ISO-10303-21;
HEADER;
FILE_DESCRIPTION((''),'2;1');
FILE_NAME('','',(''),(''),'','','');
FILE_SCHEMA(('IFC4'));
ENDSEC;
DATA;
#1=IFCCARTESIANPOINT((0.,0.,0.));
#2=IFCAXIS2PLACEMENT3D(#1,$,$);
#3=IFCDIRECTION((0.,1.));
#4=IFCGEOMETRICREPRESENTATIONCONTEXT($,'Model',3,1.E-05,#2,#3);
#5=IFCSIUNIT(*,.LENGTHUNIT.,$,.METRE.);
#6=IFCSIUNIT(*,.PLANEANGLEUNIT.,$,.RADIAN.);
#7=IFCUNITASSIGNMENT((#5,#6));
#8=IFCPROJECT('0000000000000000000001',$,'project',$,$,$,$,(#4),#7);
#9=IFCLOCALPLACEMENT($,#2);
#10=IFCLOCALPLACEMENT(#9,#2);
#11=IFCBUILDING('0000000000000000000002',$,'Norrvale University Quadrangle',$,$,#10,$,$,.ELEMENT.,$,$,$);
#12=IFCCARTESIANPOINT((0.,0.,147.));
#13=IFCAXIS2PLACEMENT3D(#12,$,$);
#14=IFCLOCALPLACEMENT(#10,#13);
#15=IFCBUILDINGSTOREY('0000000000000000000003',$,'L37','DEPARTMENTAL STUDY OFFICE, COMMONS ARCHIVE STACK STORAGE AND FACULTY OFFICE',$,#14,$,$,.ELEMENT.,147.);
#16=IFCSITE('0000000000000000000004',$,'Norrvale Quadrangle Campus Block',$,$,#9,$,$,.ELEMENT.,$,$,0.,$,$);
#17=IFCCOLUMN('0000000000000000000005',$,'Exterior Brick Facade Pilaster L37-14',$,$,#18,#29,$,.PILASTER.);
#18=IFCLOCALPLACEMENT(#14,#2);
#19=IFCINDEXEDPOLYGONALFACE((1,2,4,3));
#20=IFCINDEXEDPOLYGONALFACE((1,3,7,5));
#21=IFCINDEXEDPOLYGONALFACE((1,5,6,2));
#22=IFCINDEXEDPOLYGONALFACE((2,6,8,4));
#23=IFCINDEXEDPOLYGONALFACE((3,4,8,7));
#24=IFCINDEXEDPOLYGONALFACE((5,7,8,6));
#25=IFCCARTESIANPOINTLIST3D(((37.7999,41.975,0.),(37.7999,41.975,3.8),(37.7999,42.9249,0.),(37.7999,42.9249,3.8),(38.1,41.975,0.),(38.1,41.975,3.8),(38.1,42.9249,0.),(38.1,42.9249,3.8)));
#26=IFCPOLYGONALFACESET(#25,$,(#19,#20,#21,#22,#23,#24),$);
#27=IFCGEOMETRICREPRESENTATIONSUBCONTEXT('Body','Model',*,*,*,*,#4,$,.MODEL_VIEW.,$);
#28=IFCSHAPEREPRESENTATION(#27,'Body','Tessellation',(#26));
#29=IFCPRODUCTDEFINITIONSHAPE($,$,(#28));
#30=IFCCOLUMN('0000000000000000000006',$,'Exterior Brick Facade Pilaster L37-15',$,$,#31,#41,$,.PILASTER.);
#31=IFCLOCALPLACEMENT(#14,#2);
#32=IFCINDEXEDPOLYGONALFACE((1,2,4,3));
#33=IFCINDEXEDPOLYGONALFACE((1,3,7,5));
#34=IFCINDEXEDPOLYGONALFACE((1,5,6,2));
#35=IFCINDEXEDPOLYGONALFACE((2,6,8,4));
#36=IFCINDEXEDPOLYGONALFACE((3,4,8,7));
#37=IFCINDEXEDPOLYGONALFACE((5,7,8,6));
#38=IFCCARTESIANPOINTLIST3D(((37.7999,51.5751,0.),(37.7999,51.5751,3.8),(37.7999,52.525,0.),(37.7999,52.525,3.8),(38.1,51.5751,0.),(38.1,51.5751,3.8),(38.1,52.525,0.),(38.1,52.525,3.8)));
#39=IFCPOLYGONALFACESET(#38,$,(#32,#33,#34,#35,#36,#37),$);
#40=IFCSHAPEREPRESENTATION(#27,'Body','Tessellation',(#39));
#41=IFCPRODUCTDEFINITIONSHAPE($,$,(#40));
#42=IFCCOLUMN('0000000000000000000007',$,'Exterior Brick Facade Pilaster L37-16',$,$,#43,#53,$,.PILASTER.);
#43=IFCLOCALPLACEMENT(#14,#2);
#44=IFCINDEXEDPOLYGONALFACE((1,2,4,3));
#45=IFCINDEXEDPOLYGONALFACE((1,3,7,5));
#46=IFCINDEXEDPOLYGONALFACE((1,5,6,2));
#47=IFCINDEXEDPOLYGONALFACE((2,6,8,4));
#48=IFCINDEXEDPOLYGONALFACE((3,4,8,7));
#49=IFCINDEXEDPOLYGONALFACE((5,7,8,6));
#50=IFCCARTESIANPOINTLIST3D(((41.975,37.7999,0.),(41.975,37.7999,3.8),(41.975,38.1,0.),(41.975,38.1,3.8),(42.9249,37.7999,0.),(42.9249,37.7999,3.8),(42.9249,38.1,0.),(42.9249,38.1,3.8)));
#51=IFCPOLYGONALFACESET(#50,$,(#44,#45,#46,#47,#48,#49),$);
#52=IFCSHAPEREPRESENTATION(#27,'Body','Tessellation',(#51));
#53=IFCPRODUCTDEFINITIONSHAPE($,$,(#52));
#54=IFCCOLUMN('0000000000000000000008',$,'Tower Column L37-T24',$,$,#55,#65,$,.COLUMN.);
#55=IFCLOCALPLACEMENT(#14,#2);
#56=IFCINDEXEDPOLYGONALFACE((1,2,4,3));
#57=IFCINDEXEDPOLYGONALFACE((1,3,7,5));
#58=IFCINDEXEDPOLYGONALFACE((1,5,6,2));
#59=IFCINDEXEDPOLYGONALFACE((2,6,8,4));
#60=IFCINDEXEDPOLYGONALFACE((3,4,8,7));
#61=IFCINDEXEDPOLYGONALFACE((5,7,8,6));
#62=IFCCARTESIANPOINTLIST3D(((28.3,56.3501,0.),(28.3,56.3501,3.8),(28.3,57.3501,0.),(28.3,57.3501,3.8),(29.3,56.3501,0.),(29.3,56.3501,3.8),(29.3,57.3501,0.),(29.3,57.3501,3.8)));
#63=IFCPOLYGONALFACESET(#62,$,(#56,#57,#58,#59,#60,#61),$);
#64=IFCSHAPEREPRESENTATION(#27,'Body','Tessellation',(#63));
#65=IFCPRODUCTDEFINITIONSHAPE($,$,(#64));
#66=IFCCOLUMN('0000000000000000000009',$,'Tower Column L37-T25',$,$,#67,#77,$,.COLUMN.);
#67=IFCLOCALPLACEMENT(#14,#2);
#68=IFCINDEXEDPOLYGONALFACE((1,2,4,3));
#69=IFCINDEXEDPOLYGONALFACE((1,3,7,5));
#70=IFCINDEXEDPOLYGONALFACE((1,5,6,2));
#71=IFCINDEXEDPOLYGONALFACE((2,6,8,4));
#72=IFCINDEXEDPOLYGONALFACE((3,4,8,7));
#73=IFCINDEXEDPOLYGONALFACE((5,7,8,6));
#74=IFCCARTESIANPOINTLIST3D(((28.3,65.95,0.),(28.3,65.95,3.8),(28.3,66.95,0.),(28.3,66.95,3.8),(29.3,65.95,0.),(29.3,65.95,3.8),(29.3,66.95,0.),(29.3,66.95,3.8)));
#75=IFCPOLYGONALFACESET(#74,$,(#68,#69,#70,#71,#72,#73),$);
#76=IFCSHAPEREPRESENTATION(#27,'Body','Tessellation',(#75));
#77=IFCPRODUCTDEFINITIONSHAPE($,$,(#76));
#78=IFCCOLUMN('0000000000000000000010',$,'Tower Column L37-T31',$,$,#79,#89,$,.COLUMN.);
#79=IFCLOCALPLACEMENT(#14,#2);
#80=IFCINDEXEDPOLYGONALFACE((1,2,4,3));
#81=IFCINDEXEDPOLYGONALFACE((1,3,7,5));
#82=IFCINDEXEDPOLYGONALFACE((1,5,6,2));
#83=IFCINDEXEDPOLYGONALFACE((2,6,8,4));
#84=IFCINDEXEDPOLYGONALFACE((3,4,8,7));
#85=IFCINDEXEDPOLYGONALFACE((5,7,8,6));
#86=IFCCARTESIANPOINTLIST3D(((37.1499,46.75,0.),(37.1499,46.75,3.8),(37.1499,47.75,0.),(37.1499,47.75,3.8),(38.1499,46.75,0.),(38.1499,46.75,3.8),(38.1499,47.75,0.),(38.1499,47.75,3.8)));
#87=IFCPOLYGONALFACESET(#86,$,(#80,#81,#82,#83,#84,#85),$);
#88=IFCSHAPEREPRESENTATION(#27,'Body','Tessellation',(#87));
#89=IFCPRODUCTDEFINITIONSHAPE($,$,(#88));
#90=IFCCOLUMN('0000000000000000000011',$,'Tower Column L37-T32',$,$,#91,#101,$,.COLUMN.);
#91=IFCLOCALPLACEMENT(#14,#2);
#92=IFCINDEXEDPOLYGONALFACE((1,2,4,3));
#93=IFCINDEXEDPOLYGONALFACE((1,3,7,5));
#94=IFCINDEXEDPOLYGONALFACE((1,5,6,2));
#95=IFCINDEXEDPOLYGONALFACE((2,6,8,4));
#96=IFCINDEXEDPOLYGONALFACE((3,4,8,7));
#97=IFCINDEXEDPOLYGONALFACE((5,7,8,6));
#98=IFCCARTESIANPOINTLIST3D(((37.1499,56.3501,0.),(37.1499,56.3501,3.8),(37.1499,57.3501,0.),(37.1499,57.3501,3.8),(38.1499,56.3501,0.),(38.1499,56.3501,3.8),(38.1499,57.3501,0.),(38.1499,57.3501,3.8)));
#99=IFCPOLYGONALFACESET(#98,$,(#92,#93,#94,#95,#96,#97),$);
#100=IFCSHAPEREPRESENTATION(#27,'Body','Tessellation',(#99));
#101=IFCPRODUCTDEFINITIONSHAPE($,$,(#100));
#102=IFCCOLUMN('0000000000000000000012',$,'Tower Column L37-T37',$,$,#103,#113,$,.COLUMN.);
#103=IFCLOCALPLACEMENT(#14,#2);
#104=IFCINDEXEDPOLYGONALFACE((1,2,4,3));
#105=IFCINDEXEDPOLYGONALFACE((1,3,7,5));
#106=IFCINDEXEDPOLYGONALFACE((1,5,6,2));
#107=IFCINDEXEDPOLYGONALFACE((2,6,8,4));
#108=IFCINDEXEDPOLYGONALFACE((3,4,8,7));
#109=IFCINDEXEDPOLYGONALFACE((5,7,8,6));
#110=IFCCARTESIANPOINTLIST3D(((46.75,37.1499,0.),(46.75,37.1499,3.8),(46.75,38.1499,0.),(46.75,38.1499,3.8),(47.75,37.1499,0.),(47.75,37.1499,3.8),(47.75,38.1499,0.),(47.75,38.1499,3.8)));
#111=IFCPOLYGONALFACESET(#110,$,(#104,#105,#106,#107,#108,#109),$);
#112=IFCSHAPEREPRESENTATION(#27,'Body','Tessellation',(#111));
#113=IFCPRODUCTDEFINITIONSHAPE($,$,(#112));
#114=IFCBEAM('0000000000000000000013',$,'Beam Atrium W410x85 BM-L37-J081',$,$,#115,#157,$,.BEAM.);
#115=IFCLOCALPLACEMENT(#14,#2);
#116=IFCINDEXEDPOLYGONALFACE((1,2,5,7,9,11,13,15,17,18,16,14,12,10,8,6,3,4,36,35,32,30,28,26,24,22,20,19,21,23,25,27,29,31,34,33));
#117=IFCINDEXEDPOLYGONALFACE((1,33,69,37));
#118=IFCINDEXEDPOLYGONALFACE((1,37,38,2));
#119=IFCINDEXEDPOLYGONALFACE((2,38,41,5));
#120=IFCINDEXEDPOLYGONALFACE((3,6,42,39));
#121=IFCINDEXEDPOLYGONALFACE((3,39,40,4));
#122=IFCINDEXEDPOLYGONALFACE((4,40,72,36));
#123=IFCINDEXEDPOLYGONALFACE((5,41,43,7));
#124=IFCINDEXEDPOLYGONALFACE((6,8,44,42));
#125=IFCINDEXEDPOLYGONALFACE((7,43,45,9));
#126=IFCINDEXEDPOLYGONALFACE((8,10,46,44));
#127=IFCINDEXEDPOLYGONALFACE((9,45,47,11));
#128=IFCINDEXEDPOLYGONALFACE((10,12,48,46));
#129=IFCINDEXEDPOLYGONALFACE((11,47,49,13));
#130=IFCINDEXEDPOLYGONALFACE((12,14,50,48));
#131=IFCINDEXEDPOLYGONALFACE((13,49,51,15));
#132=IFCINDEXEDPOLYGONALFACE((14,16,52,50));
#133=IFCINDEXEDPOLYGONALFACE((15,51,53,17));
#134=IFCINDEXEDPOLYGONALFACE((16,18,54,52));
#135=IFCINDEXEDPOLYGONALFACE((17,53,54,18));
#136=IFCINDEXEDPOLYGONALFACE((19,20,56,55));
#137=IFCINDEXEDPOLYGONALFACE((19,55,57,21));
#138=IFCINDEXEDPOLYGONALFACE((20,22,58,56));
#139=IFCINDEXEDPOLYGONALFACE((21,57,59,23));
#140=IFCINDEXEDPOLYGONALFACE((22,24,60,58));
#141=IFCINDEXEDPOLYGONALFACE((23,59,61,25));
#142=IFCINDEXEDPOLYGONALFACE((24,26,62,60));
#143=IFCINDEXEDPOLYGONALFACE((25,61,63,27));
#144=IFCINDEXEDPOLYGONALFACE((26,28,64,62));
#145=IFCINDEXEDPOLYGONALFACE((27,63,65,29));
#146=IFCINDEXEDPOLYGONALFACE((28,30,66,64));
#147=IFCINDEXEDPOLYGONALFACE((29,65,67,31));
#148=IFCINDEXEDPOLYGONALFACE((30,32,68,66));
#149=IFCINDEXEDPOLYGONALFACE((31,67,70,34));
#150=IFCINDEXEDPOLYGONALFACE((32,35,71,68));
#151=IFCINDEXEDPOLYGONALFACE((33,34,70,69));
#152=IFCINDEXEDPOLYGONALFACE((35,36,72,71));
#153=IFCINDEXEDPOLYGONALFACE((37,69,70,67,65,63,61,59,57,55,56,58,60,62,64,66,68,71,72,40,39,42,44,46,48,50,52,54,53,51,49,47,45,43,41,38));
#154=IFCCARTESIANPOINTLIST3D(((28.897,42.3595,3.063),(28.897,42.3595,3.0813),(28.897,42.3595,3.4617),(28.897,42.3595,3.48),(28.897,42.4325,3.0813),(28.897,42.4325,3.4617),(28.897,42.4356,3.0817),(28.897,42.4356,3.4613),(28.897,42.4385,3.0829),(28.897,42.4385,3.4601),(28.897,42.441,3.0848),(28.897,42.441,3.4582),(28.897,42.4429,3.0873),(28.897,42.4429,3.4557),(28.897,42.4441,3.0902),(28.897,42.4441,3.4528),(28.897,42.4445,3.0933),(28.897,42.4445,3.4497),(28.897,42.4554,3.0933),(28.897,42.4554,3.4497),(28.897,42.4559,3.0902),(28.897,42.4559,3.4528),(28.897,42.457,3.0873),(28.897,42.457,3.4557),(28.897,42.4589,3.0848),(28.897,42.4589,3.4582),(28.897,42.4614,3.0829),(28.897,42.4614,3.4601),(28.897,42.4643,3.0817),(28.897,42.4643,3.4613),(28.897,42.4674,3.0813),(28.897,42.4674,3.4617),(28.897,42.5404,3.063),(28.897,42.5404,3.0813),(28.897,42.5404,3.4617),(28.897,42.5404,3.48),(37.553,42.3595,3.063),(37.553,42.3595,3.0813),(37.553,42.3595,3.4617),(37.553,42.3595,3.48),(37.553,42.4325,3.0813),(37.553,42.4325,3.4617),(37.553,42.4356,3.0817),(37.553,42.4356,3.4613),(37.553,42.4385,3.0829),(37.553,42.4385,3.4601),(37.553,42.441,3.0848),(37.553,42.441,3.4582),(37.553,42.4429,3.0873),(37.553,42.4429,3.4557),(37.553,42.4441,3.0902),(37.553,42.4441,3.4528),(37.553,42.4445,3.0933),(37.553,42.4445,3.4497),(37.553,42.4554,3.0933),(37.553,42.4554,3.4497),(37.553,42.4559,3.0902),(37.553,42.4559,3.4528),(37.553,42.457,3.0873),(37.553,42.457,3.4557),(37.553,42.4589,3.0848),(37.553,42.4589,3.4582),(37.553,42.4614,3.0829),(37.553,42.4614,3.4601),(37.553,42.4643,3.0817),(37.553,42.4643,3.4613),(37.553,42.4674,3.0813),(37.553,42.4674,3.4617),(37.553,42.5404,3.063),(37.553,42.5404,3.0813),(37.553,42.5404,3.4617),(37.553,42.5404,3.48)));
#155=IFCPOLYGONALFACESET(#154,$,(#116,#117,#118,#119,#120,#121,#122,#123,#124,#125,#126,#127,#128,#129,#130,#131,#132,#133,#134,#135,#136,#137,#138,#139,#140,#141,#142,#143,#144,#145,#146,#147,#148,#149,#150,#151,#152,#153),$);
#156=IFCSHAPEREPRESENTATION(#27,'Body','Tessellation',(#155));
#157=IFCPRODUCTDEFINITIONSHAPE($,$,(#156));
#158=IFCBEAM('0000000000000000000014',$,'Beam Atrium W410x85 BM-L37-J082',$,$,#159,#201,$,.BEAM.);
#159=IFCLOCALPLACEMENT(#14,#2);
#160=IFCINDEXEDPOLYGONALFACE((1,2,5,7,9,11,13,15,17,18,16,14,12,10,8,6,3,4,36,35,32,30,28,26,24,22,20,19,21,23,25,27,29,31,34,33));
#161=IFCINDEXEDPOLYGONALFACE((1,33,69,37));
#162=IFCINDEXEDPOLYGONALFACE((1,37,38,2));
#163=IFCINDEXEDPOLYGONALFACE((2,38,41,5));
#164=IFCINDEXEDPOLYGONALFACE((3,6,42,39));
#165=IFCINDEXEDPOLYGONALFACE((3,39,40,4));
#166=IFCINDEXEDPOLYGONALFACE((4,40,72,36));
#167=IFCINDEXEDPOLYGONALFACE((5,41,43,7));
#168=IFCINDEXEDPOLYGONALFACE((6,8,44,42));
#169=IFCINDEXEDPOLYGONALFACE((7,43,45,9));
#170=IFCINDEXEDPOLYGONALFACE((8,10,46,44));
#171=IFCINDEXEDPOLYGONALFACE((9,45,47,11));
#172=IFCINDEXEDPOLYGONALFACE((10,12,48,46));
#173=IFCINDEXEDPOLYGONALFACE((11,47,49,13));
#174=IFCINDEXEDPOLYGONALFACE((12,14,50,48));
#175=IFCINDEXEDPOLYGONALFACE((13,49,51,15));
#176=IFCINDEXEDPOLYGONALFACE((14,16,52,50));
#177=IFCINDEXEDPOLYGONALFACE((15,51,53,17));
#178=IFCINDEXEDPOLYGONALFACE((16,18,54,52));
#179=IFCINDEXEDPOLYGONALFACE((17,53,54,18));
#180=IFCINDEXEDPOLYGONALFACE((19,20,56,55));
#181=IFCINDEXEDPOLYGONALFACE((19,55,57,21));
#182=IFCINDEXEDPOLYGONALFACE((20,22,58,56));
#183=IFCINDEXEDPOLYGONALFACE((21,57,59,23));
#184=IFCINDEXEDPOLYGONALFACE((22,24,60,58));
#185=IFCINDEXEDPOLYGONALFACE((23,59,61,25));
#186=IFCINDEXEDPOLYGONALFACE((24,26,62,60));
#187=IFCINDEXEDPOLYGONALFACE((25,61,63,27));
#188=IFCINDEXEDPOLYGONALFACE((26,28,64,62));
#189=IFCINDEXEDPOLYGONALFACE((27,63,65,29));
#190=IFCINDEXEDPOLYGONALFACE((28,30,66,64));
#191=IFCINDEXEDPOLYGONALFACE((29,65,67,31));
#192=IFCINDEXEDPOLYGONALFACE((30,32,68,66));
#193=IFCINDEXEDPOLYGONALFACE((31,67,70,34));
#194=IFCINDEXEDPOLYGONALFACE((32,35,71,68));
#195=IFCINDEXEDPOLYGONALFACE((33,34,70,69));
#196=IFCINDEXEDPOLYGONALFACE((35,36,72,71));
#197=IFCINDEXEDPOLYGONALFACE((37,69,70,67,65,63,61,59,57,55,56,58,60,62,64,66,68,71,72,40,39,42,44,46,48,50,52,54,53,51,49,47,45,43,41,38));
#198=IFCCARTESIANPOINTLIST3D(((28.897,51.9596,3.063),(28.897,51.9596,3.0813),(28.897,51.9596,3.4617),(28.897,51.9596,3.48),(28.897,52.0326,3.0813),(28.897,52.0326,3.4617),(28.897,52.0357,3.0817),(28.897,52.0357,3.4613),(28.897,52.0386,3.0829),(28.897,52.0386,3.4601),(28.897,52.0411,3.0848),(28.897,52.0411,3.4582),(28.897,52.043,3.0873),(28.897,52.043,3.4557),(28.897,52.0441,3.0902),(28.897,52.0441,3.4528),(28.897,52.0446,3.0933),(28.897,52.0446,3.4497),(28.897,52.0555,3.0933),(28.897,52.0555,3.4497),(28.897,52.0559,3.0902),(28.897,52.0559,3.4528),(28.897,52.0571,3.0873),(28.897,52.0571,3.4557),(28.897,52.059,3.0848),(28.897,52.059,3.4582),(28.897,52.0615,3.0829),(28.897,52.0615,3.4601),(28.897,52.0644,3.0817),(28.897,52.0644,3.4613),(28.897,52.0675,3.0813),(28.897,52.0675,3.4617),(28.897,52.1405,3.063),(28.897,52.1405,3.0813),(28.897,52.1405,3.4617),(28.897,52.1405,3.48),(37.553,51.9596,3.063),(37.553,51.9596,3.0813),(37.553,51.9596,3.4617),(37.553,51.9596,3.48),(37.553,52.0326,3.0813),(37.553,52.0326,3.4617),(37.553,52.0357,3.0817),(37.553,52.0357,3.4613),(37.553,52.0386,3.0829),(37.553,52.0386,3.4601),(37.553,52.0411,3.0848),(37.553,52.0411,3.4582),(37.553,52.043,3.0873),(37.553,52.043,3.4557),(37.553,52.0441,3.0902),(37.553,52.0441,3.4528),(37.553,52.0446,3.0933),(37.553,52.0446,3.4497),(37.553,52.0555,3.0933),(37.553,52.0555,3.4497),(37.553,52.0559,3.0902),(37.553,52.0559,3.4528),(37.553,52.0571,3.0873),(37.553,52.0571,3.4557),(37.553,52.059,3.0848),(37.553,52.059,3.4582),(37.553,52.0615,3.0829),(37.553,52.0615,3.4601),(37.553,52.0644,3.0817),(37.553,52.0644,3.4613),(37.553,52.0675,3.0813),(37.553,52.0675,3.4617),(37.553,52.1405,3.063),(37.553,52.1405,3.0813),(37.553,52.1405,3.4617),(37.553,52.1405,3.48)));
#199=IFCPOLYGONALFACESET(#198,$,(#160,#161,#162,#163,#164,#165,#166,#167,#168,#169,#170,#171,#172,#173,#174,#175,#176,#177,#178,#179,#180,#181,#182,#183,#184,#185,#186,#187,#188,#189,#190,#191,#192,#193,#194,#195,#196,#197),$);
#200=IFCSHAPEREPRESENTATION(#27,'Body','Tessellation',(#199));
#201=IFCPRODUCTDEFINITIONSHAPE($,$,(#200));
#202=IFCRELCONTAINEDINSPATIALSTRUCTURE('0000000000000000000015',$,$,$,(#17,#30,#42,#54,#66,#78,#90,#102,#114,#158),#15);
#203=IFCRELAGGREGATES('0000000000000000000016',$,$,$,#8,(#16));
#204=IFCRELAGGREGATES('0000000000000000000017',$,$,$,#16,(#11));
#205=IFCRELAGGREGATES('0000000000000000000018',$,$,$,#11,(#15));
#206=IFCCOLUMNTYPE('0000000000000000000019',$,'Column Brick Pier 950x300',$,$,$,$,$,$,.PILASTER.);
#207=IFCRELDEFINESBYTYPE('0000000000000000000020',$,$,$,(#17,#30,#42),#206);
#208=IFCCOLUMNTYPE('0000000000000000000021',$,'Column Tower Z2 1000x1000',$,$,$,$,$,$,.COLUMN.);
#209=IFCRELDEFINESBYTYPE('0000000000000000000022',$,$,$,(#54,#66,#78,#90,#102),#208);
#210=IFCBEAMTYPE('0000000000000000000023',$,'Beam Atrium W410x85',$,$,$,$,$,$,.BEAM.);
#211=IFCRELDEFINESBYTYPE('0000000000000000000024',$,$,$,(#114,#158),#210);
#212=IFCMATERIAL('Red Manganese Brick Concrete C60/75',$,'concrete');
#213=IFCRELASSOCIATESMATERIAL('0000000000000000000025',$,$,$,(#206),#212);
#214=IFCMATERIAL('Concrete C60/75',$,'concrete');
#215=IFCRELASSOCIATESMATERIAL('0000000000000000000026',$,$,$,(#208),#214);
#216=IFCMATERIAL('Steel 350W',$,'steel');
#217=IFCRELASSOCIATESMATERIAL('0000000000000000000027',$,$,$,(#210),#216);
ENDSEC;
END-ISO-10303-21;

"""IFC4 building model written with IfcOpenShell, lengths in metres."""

from ifc_helpers import new_model, si_unit, direction, frame, origin, origin_2d, place, context, subcontext, project, spatial, rectangle, i_section, extrude, material, material_profile, profile_set, type_object, element, save


model = new_model("IFC4")

# Units and contexts
model_context = context("Model", 3, precision=1e-05, world=origin(), true_north=direction((0.0, 1.0)))
body_context = subcontext(model_context, "Body", "Model", "MODEL_VIEW")
ifc_project = project(units=[si_unit("LENGTHUNIT", "METRE"), si_unit("PLANEANGLEUNIT", "RADIAN")], contexts=[model_context])

# Site, building, storey
site_placement = place(None, origin())
site = spatial("IfcSite", under=ifc_project, at=site_placement, Name="Norrvale Quadrangle Campus Block", CompositionType="ELEMENT", RefElevation=0.0)
building_placement = place(site_placement, origin())
building = spatial("IfcBuilding", under=site, at=building_placement, Name="Norrvale University Quadrangle", CompositionType="ELEMENT")
storey_placement = place(building_placement, frame((0.0, 0.0, 147.0)))
storey = spatial("IfcBuildingStorey", under=building, at=storey_placement, Name="L37", Description="DEPARTMENTAL STUDY OFFICE, COMMONS ARCHIVE STACK STORAGE AND FACULTY OFFICE", CompositionType="ELEMENT", Elevation=147.0)

# Columns
ifc_material_1 = material(Name="Red Manganese Brick Concrete C60/75", Category="concrete")
ifc_material_profile_1 = material_profile(ifc_material_1, rectangle(XDim=0.95, YDim=0.3, at=origin_2d()), Name="Red Manganese Brick Concrete C60/75")
ifc_profile_set_1 = profile_set([ifc_material_profile_1], Name="Red Manganese Brick Concrete C60/75")
column_type_1 = type_object("IfcColumnType", Name="Column Brick Pier 950x300", PredefinedType="PILASTER", material=ifc_profile_set_1)
for number, where, z_axis, x_axis, name in (
    (1, (37.95, 42.45, 0.0), (0.0, 0.0, 1.0), (0.0, 1.0, 0.0), "Exterior Brick Facade Pilaster L37-14"),
    (2, (37.95, 52.05, 0.0), (0.0, 0.0, 1.0), (0.0, 1.0, 0.0), "Exterior Brick Facade Pilaster L37-15"),
    (3, (42.45, 37.95, 0.0), (0.0, 0.0, 1.0), (1.0, 0.0, 0.0), "Exterior Brick Facade Pilaster L37-16"),
):
    element("IfcColumn", number, at=place(storey_placement, frame(where, z_axis=z_axis, x_axis=x_axis)), inside=storey, type_object=column_type_1, Name=name, PredefinedType="PILASTER", context=body_context, shape_type="SweptSolid", body=[
        extrude(rectangle(XDim=0.95, YDim=0.3, at=origin_2d()), origin(), (0.0, 0.0, 1.0), 3.8),
    ])
ifc_material_2 = material(Name="Concrete C60/75", Category="concrete")
ifc_material_profile_2 = material_profile(ifc_material_2, rectangle(XDim=1.0, YDim=1.0, at=origin_2d()), Name="Concrete C60/75")
ifc_profile_set_2 = profile_set([ifc_material_profile_2], Name="Concrete C60/75")
column_type_2 = type_object("IfcColumnType", Name="Column Tower Z2 1000x1000", PredefinedType="COLUMN", material=ifc_profile_set_2)
for number, where, z_axis, x_axis, name in (
    (4, (28.8, 56.8501, 0.0), (0.0, 0.0, 1.0), (1.0, 0.0, 0.0), "Tower Column L37-T24"),
    (5, (28.8, 66.45, 0.0), (0.0, 0.0, 1.0), (1.0, 0.0, 0.0), "Tower Column L37-T25"),
    (6, (37.6499, 47.25, 0.0), (0.0, 0.0, 1.0), (1.0, 0.0, 0.0), "Tower Column L37-T31"),
    (7, (37.6499, 56.8501, 0.0), (0.0, 0.0, 1.0), (1.0, 0.0, 0.0), "Tower Column L37-T32"),
    (8, (47.25, 37.6499, 0.0), (0.0, 0.0, 1.0), (1.0, 0.0, 0.0), "Tower Column L37-T37"),
):
    element("IfcColumn", number, at=place(storey_placement, frame(where, z_axis=z_axis, x_axis=x_axis)), inside=storey, type_object=column_type_2, Name=name, PredefinedType="COLUMN", context=body_context, shape_type="SweptSolid", body=[
        extrude(rectangle(XDim=1.0, YDim=1.0, at=origin_2d()), origin(), (0.0, 0.0, 1.0), 3.8),
    ])

# Beams
ifc_material_3 = material(Name="Steel 350W", Category="steel")
ifc_material_profile_3 = material_profile(ifc_material_3, i_section(OverallWidth=0.1809, OverallDepth=0.417, WebThickness=0.011, FlangeThickness=0.0183, FilletRadius=0.012, at=origin_2d()), Name="Steel 350W")
ifc_profile_set_3 = profile_set([ifc_material_profile_3], Name="Steel 350W")
beam_type_1 = type_object("IfcBeamType", Name="Beam Atrium W410x85", PredefinedType="BEAM", material=ifc_profile_set_3)
for number, where, z_axis, x_axis, name in (
    (9, (28.897, 42.45, 3.2715), (1.0, 0.0, 0.0), (0.0, 1.0, 0.0), "Beam Atrium W410x85 BM-L37-J081"),
    (10, (28.897, 52.05, 3.2715), (1.0, 0.0, 0.0), (0.0, 1.0, 0.0), "Beam Atrium W410x85 BM-L37-J082"),
):
    element("IfcBeam", number, at=place(storey_placement, frame(where, z_axis=z_axis, x_axis=x_axis)), inside=storey, type_object=beam_type_1, Name=name, PredefinedType="BEAM", context=body_context, shape_type="SweptSolid", body=[
        extrude(i_section(OverallWidth=0.1809, OverallDepth=0.417, WebThickness=0.011, FlangeThickness=0.0183, FilletRadius=0.012, at=origin_2d()), origin(), (0.0, 0.0, 1.0), 8.656),
    ])

save(model, "model.ifc")
